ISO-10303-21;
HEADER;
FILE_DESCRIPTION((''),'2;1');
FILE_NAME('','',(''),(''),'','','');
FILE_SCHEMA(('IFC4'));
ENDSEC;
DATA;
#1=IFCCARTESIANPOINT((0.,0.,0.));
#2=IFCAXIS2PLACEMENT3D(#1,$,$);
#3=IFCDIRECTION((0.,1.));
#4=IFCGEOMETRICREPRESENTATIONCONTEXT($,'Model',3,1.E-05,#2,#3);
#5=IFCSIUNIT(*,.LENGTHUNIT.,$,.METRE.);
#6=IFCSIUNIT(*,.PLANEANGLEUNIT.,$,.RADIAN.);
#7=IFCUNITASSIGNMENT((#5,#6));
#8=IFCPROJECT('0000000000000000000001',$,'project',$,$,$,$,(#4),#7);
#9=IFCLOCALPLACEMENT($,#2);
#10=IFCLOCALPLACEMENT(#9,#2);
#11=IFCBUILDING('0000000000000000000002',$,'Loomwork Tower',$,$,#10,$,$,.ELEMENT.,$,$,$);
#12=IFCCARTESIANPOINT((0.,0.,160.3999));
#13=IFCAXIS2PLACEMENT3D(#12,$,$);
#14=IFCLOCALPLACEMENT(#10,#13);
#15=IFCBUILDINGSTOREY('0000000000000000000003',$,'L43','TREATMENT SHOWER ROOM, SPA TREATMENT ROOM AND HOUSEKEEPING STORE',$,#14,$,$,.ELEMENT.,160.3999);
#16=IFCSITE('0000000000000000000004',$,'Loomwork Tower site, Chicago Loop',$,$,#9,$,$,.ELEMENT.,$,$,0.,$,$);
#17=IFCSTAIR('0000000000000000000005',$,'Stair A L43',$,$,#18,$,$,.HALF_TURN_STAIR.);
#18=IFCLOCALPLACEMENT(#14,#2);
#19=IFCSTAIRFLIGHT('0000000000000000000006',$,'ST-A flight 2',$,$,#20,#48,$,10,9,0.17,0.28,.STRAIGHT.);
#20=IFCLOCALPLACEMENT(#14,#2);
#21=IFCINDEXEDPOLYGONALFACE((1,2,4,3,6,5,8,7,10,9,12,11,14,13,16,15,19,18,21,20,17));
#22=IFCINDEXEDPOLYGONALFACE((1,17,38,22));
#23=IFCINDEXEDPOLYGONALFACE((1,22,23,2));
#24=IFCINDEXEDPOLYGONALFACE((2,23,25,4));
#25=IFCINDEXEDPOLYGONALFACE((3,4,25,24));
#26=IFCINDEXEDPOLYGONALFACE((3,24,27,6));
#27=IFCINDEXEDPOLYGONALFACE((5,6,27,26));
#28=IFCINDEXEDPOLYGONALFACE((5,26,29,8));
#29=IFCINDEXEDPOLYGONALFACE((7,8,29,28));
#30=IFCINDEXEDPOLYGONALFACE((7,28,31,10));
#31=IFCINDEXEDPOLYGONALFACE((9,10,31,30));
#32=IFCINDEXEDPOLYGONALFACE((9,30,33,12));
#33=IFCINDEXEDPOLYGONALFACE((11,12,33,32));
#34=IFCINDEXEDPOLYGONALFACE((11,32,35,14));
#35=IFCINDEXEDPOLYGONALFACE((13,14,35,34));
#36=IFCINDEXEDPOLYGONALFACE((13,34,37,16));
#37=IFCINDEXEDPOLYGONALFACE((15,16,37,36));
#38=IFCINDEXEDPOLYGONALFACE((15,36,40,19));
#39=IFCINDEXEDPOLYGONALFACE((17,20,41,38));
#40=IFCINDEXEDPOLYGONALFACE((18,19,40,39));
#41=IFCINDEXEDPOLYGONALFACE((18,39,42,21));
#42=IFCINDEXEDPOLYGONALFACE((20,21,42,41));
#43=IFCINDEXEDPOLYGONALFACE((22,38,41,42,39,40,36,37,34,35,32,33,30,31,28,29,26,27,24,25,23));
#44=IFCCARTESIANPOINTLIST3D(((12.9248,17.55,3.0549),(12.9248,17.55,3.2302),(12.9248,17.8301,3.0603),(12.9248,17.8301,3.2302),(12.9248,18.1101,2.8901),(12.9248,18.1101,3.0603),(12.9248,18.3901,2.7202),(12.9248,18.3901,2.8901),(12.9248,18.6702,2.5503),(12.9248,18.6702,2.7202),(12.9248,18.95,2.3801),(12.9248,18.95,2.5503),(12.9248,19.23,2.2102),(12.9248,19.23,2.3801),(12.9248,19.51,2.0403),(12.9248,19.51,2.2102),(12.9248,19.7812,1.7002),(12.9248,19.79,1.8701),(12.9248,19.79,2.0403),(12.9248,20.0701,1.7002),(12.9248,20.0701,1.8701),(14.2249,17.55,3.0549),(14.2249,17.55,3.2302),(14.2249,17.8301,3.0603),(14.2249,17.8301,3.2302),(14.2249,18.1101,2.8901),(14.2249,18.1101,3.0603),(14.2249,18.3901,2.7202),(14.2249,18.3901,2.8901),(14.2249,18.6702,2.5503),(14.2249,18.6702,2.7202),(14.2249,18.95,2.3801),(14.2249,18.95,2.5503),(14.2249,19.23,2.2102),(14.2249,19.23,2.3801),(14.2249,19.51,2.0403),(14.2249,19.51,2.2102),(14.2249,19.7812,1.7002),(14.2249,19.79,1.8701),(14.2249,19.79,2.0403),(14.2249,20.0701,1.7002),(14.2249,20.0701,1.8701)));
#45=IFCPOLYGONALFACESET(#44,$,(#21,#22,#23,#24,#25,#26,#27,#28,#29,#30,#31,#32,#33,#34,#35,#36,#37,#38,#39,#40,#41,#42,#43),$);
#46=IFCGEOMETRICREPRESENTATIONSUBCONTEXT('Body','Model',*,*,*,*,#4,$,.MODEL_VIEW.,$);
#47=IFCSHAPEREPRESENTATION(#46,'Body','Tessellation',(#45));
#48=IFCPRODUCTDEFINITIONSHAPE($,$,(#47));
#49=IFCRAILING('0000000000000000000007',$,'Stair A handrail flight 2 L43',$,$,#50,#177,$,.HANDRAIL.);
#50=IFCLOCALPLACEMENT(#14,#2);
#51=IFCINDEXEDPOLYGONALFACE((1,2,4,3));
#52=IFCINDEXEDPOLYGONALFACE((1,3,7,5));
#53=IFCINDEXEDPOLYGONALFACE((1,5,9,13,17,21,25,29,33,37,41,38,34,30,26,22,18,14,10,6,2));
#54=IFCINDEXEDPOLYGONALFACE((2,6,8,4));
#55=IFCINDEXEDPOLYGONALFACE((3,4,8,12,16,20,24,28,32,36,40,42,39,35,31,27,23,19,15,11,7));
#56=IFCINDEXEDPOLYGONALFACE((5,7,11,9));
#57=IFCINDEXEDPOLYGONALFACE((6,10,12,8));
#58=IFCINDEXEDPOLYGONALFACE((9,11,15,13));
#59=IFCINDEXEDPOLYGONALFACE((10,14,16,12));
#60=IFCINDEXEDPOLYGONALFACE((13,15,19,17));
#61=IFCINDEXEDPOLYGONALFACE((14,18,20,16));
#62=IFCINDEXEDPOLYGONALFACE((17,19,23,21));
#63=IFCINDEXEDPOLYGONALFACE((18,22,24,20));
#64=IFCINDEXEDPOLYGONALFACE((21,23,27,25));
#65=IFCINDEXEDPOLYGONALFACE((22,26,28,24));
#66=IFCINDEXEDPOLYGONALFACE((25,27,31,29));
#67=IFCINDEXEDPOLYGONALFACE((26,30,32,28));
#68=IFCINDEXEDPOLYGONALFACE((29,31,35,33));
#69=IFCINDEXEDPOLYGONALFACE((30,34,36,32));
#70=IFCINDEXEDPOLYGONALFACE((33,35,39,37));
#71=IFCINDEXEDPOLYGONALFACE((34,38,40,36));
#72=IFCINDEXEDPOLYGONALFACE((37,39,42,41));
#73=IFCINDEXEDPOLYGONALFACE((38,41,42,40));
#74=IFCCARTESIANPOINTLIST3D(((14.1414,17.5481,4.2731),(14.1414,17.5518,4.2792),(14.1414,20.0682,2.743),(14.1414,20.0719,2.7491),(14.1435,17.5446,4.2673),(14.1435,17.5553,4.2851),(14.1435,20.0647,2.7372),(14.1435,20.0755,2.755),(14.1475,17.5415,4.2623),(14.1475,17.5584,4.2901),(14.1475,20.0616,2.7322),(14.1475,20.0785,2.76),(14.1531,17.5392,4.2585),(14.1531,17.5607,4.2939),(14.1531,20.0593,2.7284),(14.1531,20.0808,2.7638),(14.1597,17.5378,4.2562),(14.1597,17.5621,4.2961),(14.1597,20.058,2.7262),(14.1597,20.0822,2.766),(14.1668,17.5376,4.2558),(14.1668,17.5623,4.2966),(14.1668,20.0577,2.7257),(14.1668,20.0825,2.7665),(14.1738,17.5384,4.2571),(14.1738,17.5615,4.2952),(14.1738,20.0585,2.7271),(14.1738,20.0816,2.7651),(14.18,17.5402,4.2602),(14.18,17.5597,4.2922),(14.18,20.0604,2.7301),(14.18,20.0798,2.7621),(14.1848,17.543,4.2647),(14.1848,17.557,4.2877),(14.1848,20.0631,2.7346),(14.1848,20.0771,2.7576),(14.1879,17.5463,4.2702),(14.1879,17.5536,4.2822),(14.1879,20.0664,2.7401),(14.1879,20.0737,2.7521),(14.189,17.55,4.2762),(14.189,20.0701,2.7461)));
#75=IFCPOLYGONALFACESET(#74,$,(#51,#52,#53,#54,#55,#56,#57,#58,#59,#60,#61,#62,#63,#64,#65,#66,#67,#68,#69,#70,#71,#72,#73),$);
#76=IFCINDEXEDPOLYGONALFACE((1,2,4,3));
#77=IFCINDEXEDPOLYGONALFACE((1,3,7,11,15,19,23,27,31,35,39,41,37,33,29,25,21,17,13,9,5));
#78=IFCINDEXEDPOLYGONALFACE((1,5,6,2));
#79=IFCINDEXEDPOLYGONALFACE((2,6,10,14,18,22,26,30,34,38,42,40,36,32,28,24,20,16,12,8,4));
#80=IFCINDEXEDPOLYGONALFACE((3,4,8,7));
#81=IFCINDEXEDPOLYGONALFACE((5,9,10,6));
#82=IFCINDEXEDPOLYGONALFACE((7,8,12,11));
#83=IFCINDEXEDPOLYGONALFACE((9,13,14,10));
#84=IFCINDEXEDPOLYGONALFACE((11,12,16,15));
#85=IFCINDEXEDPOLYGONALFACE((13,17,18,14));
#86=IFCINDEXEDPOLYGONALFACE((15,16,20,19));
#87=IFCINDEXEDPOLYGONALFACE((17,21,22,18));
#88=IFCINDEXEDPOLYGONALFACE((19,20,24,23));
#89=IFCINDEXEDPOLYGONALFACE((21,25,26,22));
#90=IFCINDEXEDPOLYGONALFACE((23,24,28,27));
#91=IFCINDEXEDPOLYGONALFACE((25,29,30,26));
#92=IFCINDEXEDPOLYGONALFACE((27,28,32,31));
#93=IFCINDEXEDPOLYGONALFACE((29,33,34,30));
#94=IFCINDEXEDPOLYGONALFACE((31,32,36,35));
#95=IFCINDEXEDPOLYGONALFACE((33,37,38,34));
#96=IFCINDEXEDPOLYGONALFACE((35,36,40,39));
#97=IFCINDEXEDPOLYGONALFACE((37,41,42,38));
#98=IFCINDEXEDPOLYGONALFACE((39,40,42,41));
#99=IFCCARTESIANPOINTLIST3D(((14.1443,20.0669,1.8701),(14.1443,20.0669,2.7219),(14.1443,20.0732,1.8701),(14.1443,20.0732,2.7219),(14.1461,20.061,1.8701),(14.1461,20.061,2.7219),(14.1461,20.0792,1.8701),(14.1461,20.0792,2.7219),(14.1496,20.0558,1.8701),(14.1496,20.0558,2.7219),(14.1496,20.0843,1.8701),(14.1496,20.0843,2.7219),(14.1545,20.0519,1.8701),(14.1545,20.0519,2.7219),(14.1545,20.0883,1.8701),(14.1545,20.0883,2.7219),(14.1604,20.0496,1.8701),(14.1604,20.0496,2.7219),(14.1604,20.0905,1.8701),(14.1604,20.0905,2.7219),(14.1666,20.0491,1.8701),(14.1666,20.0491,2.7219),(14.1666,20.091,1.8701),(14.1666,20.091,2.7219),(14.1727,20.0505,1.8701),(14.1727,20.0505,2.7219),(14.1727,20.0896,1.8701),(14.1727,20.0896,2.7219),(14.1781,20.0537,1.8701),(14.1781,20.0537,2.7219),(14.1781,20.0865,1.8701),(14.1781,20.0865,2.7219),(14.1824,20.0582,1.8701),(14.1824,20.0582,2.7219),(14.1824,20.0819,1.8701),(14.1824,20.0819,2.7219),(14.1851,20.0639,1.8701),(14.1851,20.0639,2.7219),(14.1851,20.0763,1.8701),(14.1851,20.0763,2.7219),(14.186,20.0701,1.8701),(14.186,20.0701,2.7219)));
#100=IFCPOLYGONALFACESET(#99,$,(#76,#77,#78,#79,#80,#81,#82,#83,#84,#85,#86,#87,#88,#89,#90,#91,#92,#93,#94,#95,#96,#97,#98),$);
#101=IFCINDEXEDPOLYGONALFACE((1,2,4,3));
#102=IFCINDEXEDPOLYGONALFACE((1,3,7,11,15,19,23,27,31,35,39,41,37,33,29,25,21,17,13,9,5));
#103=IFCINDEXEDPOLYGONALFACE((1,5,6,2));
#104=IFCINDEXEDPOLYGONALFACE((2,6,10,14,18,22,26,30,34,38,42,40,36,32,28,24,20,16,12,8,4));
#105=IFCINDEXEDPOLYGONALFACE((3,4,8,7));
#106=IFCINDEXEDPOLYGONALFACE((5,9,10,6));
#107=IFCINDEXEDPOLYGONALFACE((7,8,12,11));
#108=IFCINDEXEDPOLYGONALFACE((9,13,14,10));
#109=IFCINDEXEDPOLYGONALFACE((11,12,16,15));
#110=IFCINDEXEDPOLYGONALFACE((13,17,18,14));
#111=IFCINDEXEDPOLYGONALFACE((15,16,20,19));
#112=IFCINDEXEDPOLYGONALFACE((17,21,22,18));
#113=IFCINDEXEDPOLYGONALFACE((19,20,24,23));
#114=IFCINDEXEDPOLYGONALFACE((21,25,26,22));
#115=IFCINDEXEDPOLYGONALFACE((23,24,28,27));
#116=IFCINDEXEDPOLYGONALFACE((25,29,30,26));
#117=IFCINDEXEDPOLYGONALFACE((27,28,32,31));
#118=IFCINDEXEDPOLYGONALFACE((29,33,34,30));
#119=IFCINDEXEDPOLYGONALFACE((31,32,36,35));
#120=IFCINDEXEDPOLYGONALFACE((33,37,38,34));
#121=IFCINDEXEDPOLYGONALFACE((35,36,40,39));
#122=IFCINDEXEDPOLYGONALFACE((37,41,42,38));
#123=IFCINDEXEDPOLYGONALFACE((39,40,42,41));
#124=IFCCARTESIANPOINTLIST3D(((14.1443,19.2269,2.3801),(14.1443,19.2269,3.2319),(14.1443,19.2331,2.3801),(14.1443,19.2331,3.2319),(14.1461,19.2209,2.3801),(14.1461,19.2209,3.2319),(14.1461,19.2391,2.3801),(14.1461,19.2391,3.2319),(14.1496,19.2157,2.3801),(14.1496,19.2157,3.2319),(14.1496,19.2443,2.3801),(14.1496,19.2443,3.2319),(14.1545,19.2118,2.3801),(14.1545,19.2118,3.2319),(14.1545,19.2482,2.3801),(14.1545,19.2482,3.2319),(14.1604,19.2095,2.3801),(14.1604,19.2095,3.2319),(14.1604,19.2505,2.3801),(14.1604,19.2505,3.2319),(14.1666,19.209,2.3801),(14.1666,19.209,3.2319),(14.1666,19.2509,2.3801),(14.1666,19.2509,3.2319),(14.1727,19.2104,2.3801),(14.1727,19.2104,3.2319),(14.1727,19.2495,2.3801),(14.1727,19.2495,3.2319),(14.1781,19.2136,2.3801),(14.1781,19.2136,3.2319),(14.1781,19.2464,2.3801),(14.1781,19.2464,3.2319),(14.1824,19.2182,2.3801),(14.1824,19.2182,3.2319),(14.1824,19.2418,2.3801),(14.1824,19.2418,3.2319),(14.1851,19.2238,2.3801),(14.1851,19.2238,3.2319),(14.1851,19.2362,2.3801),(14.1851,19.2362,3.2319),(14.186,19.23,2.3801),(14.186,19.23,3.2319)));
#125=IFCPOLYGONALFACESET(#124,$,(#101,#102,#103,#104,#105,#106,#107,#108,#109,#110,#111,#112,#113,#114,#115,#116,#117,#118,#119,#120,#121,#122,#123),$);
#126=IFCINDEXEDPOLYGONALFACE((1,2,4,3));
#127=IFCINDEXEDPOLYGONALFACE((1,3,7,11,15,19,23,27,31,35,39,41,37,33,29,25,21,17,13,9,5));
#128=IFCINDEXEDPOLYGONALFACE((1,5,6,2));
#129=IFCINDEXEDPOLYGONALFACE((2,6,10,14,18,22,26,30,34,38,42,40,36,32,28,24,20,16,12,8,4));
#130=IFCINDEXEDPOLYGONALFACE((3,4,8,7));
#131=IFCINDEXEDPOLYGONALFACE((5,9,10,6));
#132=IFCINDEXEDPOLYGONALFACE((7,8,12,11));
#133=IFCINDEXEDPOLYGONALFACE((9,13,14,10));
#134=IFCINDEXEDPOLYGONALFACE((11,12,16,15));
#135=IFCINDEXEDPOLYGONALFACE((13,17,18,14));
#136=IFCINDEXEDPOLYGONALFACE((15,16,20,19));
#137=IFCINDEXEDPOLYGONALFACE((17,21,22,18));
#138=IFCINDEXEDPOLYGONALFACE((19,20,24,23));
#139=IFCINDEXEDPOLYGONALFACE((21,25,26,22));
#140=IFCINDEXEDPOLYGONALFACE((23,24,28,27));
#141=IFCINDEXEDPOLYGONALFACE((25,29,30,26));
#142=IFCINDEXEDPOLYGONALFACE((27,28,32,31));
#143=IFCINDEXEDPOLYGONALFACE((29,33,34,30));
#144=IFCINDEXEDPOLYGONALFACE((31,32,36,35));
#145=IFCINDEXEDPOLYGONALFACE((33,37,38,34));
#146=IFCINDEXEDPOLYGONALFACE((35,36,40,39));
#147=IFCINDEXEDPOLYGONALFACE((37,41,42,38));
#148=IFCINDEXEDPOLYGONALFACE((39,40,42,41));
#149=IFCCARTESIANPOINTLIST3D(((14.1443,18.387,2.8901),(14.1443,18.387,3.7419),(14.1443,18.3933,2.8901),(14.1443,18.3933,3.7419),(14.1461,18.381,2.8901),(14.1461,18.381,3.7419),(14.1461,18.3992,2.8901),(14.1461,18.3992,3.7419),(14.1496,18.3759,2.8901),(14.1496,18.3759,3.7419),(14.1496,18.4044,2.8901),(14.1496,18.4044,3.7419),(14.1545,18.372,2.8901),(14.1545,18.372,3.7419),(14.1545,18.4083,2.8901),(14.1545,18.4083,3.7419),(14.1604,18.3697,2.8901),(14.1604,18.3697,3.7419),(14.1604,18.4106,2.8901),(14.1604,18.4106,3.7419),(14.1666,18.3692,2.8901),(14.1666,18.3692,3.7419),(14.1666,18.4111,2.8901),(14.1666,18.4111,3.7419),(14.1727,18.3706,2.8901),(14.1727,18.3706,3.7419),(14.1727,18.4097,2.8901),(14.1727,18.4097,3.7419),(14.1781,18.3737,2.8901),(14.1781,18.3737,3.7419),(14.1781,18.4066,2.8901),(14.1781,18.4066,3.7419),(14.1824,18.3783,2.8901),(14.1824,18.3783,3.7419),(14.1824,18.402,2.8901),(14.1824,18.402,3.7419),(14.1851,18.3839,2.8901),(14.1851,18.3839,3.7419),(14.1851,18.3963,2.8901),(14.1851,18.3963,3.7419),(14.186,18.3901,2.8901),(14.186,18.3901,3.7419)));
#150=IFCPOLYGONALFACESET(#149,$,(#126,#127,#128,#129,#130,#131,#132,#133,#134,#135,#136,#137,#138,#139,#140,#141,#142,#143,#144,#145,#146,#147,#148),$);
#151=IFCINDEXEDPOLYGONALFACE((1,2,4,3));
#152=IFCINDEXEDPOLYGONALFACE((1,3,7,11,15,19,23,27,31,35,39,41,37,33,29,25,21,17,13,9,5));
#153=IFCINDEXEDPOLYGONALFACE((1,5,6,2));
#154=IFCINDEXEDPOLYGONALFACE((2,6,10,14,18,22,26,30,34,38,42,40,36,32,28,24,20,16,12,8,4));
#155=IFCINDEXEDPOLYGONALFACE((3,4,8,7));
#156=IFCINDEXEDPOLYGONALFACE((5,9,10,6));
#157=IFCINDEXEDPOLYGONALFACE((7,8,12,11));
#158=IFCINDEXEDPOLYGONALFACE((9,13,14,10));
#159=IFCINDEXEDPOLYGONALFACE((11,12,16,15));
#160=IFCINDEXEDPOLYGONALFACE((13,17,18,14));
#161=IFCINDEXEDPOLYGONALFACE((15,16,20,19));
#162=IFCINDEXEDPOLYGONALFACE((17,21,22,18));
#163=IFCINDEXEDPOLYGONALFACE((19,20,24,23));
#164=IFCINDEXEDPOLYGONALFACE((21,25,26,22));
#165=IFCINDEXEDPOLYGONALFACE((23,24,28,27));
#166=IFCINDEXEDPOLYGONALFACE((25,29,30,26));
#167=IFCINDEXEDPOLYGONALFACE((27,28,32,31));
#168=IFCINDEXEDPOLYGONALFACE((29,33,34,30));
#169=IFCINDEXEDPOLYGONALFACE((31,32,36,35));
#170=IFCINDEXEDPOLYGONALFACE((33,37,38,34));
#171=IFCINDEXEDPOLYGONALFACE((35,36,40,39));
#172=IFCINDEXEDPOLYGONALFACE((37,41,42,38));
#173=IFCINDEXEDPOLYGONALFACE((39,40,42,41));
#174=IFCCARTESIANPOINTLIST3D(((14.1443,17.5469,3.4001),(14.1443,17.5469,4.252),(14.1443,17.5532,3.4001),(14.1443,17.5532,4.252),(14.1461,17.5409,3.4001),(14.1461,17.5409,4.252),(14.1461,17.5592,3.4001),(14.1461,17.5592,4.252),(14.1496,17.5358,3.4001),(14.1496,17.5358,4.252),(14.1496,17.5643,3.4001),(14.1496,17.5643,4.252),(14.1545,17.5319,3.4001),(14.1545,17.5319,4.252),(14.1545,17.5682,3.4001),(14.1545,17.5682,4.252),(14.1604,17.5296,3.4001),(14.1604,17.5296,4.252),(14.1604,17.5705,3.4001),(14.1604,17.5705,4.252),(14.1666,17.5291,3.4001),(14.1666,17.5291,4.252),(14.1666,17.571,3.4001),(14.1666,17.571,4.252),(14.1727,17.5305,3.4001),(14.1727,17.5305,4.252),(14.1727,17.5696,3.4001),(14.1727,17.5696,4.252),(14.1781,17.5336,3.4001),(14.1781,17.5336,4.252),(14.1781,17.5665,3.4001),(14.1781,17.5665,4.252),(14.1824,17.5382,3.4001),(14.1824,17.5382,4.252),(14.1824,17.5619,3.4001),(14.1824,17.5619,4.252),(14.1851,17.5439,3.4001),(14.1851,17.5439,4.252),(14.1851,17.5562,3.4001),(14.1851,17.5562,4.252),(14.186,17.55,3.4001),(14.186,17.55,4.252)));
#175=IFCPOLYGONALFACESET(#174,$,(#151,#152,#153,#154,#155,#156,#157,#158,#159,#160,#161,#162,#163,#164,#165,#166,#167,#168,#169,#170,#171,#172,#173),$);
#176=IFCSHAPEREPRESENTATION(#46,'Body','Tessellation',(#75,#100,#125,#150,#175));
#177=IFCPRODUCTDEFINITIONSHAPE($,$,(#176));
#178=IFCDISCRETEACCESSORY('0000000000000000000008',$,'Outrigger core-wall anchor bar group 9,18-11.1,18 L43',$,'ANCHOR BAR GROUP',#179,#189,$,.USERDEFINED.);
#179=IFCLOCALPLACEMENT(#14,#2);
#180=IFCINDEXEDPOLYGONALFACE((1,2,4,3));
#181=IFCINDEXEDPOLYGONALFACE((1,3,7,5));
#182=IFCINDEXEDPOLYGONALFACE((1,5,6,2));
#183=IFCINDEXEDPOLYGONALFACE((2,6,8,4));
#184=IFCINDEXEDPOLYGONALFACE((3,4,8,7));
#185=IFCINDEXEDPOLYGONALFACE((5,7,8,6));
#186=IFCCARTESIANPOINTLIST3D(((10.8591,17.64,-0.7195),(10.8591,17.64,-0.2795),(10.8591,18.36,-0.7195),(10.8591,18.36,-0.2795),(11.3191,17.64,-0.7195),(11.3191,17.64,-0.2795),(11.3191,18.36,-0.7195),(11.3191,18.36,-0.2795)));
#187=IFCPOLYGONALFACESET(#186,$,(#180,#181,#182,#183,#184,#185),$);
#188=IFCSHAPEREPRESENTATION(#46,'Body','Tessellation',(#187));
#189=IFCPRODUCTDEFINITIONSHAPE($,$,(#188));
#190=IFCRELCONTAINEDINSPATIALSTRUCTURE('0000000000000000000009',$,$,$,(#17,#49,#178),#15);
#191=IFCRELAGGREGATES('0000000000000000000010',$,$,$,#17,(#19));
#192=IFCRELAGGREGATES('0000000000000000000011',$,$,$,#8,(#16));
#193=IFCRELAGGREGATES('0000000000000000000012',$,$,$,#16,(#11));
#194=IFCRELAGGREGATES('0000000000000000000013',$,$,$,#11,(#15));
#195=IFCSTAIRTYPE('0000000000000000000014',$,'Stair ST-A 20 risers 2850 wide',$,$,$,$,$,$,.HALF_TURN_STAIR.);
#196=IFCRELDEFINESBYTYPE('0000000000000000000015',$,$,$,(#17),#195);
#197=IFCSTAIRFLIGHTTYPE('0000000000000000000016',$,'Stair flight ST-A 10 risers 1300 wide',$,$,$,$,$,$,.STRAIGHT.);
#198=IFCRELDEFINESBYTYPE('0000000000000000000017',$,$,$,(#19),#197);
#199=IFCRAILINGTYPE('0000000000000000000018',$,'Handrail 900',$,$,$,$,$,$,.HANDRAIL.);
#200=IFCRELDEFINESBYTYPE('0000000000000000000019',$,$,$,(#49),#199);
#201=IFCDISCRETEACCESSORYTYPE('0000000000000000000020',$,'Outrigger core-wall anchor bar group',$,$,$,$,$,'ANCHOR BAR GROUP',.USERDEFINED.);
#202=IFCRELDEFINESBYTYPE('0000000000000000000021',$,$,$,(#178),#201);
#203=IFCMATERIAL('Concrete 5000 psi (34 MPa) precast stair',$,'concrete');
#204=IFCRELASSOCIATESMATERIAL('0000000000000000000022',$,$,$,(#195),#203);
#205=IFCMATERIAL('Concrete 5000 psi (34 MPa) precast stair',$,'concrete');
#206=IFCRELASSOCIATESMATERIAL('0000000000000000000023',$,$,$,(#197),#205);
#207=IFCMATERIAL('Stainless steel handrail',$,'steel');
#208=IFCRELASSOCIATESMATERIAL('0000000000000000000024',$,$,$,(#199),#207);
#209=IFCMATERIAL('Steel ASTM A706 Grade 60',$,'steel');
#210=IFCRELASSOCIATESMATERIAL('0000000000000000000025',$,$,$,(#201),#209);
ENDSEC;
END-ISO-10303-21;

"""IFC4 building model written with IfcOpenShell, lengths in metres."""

from ifc_helpers import new_model, si_unit, direction, frame, origin, origin_2d, place, context, subcontext, project, spatial, polyline, rectangle, circle, outline, extrude, material, type_object, element, aggregate, save


model = new_model("IFC4")

# Units and contexts
model_context = context("Model", 3, precision=1e-05, world=origin(), true_north=direction((0.0, 1.0)))
body_context = subcontext(model_context, "Body", "Model", "MODEL_VIEW")
ifc_project = project(units=[si_unit("LENGTHUNIT", "METRE"), si_unit("PLANEANGLEUNIT", "RADIAN")], contexts=[model_context])

# Site, building, storey
site_placement = place(None, origin())
site = spatial("IfcSite", under=ifc_project, at=site_placement, Name="Loomwork Tower site, Chicago Loop", CompositionType="ELEMENT", RefElevation=0.0)
building_placement = place(site_placement, origin())
building = spatial("IfcBuilding", under=site, at=building_placement, Name="Loomwork Tower", CompositionType="ELEMENT")
storey_placement = place(building_placement, frame((0.0, 0.0, 160.3999)))
storey = spatial("IfcBuildingStorey", under=building, at=storey_placement, Name="L43", Description="TREATMENT SHOWER ROOM, SPA TREATMENT ROOM AND HOUSEKEEPING STORE", CompositionType="ELEMENT", Elevation=160.3999)

# Stair, stair flight
ifc_material_1 = material(Name="Concrete 5000 psi (34 MPa) precast stair", Category="concrete")
stair_type = type_object("IfcStairType", Name="Stair ST-A 20 risers 2850 wide", PredefinedType="HALF_TURN_STAIR", material=ifc_material_1)
stair_placement = place(storey_placement, origin())
stair = element("IfcStair", 1, at=stair_placement, inside=storey, type_object=stair_type, Name="Stair A L43", PredefinedType="HALF_TURN_STAIR")
ifc_material_2 = material(Name="Concrete 5000 psi (34 MPa) precast stair", Category="concrete")
stair_flight_type = type_object("IfcStairFlightType", Name="Stair flight ST-A 10 risers 1300 wide", PredefinedType="STRAIGHT", material=ifc_material_2)
stair_flight_placement = place(storey_placement, frame((13.575, 20.0701, 1.7002), z_axis=(0.0, 0.0, 1.0), x_axis=(0.0, -1.0, 0.0)))
stair_flight = element("IfcStairFlight", 2, at=stair_flight_placement, type_object=stair_flight_type, Name="ST-A flight 2", NumberOfRisers=10, NumberOfTreads=9, PredefinedType="STRAIGHT", RiserHeight=0.17, TreadLength=0.28, context=body_context, shape_type="SweptSolid", body=[
    extrude(outline(polyline([(0.0, 0.0), (0.0, 0.1699), (0.28, 0.1699), (0.28, 0.3401), (0.5601, 0.3401), (0.5601, 0.51), (0.8401, 0.51), (0.8401, 0.6799), (1.1201, 0.6799), (1.1201, 0.8501), (1.3999, 0.8501), (1.3999, 1.02), (1.6799, 1.02), (1.6799, 1.1899), (1.96, 1.1899), (1.96, 1.3601), (2.24, 1.3601), (2.24, 1.53), (2.52, 1.53), (2.52, 1.7), (2.52, 1.3547), (0.2888, 0.0), (0.0, 0.0)])), frame((0.0, 0.6499, 0.0), z_axis=(0.0, -1.0, 0.0), x_axis=(1.0, 0.0, 0.0)), (0.0, 0.0, 1.0), 1.3),
])
aggregate(stair, [stair_flight])

# Railing
ifc_material_3 = material(Name="Stainless steel handrail", Category="steel")
railing_type = type_object("IfcRailingType", Name="Handrail 900", PredefinedType="HANDRAIL", material=ifc_material_3)
railing_placement = place(storey_placement, frame((14.165, 20.0701, 1.8701)))
element("IfcRailing", 3, at=railing_placement, inside=storey, type_object=railing_type, Name="Stair A handrail flight 2 L43", PredefinedType="HANDRAIL", context=body_context, shape_type="SweptSolid", body=[
    extrude(circle(Radius=0.0239, at=origin_2d()), frame((0.0, 0.0, 0.876), z_axis=(0.0, -0.854785, 0.518982), x_axis=(1.0, 0.0, 0.0)), (0.0, 0.0, 1.0), 2.9482),
    extrude(circle(Radius=0.021, at=origin_2d()), origin(), (0.0, 0.0, 1.0), 0.8518),
    extrude(circle(Radius=0.021, at=origin_2d()), frame((0.0, -0.8401, 0.51)), (0.0, 0.0, 1.0), 0.8518),
    extrude(circle(Radius=0.021, at=origin_2d()), frame((0.0, -1.6799, 1.02)), (0.0, 0.0, 1.0), 0.8518),
    extrude(circle(Radius=0.021, at=origin_2d()), frame((0.0, -2.52, 1.53)), (0.0, 0.0, 1.0), 0.8518),
])

# Discrete accessory
ifc_material_4 = material(Name="Steel ASTM A706 Grade 60", Category="steel")
discrete_accessory_type = type_object("IfcDiscreteAccessoryType", Name="Outrigger core-wall anchor bar group", ElementType="ANCHOR BAR GROUP", PredefinedType="USERDEFINED", material=ifc_material_4)
discrete_accessory_placement = place(storey_placement, frame((11.0891, 18.0, -0.7195), z_axis=(0.0, 0.0, 1.0), x_axis=(1.0, 0.0, 0.0)))
element("IfcDiscreteAccessory", 4, at=discrete_accessory_placement, inside=storey, type_object=discrete_accessory_type, Name="Outrigger core-wall anchor bar group 9,18-11.1,18 L43", ObjectType="ANCHOR BAR GROUP", PredefinedType="USERDEFINED", context=body_context, shape_type="SweptSolid", body=[
    extrude(rectangle(XDim=0.46, YDim=0.72, at=origin_2d()), origin(), (0.0, 0.0, 1.0), 0.4399),
])

save(model, "model.ifc")
